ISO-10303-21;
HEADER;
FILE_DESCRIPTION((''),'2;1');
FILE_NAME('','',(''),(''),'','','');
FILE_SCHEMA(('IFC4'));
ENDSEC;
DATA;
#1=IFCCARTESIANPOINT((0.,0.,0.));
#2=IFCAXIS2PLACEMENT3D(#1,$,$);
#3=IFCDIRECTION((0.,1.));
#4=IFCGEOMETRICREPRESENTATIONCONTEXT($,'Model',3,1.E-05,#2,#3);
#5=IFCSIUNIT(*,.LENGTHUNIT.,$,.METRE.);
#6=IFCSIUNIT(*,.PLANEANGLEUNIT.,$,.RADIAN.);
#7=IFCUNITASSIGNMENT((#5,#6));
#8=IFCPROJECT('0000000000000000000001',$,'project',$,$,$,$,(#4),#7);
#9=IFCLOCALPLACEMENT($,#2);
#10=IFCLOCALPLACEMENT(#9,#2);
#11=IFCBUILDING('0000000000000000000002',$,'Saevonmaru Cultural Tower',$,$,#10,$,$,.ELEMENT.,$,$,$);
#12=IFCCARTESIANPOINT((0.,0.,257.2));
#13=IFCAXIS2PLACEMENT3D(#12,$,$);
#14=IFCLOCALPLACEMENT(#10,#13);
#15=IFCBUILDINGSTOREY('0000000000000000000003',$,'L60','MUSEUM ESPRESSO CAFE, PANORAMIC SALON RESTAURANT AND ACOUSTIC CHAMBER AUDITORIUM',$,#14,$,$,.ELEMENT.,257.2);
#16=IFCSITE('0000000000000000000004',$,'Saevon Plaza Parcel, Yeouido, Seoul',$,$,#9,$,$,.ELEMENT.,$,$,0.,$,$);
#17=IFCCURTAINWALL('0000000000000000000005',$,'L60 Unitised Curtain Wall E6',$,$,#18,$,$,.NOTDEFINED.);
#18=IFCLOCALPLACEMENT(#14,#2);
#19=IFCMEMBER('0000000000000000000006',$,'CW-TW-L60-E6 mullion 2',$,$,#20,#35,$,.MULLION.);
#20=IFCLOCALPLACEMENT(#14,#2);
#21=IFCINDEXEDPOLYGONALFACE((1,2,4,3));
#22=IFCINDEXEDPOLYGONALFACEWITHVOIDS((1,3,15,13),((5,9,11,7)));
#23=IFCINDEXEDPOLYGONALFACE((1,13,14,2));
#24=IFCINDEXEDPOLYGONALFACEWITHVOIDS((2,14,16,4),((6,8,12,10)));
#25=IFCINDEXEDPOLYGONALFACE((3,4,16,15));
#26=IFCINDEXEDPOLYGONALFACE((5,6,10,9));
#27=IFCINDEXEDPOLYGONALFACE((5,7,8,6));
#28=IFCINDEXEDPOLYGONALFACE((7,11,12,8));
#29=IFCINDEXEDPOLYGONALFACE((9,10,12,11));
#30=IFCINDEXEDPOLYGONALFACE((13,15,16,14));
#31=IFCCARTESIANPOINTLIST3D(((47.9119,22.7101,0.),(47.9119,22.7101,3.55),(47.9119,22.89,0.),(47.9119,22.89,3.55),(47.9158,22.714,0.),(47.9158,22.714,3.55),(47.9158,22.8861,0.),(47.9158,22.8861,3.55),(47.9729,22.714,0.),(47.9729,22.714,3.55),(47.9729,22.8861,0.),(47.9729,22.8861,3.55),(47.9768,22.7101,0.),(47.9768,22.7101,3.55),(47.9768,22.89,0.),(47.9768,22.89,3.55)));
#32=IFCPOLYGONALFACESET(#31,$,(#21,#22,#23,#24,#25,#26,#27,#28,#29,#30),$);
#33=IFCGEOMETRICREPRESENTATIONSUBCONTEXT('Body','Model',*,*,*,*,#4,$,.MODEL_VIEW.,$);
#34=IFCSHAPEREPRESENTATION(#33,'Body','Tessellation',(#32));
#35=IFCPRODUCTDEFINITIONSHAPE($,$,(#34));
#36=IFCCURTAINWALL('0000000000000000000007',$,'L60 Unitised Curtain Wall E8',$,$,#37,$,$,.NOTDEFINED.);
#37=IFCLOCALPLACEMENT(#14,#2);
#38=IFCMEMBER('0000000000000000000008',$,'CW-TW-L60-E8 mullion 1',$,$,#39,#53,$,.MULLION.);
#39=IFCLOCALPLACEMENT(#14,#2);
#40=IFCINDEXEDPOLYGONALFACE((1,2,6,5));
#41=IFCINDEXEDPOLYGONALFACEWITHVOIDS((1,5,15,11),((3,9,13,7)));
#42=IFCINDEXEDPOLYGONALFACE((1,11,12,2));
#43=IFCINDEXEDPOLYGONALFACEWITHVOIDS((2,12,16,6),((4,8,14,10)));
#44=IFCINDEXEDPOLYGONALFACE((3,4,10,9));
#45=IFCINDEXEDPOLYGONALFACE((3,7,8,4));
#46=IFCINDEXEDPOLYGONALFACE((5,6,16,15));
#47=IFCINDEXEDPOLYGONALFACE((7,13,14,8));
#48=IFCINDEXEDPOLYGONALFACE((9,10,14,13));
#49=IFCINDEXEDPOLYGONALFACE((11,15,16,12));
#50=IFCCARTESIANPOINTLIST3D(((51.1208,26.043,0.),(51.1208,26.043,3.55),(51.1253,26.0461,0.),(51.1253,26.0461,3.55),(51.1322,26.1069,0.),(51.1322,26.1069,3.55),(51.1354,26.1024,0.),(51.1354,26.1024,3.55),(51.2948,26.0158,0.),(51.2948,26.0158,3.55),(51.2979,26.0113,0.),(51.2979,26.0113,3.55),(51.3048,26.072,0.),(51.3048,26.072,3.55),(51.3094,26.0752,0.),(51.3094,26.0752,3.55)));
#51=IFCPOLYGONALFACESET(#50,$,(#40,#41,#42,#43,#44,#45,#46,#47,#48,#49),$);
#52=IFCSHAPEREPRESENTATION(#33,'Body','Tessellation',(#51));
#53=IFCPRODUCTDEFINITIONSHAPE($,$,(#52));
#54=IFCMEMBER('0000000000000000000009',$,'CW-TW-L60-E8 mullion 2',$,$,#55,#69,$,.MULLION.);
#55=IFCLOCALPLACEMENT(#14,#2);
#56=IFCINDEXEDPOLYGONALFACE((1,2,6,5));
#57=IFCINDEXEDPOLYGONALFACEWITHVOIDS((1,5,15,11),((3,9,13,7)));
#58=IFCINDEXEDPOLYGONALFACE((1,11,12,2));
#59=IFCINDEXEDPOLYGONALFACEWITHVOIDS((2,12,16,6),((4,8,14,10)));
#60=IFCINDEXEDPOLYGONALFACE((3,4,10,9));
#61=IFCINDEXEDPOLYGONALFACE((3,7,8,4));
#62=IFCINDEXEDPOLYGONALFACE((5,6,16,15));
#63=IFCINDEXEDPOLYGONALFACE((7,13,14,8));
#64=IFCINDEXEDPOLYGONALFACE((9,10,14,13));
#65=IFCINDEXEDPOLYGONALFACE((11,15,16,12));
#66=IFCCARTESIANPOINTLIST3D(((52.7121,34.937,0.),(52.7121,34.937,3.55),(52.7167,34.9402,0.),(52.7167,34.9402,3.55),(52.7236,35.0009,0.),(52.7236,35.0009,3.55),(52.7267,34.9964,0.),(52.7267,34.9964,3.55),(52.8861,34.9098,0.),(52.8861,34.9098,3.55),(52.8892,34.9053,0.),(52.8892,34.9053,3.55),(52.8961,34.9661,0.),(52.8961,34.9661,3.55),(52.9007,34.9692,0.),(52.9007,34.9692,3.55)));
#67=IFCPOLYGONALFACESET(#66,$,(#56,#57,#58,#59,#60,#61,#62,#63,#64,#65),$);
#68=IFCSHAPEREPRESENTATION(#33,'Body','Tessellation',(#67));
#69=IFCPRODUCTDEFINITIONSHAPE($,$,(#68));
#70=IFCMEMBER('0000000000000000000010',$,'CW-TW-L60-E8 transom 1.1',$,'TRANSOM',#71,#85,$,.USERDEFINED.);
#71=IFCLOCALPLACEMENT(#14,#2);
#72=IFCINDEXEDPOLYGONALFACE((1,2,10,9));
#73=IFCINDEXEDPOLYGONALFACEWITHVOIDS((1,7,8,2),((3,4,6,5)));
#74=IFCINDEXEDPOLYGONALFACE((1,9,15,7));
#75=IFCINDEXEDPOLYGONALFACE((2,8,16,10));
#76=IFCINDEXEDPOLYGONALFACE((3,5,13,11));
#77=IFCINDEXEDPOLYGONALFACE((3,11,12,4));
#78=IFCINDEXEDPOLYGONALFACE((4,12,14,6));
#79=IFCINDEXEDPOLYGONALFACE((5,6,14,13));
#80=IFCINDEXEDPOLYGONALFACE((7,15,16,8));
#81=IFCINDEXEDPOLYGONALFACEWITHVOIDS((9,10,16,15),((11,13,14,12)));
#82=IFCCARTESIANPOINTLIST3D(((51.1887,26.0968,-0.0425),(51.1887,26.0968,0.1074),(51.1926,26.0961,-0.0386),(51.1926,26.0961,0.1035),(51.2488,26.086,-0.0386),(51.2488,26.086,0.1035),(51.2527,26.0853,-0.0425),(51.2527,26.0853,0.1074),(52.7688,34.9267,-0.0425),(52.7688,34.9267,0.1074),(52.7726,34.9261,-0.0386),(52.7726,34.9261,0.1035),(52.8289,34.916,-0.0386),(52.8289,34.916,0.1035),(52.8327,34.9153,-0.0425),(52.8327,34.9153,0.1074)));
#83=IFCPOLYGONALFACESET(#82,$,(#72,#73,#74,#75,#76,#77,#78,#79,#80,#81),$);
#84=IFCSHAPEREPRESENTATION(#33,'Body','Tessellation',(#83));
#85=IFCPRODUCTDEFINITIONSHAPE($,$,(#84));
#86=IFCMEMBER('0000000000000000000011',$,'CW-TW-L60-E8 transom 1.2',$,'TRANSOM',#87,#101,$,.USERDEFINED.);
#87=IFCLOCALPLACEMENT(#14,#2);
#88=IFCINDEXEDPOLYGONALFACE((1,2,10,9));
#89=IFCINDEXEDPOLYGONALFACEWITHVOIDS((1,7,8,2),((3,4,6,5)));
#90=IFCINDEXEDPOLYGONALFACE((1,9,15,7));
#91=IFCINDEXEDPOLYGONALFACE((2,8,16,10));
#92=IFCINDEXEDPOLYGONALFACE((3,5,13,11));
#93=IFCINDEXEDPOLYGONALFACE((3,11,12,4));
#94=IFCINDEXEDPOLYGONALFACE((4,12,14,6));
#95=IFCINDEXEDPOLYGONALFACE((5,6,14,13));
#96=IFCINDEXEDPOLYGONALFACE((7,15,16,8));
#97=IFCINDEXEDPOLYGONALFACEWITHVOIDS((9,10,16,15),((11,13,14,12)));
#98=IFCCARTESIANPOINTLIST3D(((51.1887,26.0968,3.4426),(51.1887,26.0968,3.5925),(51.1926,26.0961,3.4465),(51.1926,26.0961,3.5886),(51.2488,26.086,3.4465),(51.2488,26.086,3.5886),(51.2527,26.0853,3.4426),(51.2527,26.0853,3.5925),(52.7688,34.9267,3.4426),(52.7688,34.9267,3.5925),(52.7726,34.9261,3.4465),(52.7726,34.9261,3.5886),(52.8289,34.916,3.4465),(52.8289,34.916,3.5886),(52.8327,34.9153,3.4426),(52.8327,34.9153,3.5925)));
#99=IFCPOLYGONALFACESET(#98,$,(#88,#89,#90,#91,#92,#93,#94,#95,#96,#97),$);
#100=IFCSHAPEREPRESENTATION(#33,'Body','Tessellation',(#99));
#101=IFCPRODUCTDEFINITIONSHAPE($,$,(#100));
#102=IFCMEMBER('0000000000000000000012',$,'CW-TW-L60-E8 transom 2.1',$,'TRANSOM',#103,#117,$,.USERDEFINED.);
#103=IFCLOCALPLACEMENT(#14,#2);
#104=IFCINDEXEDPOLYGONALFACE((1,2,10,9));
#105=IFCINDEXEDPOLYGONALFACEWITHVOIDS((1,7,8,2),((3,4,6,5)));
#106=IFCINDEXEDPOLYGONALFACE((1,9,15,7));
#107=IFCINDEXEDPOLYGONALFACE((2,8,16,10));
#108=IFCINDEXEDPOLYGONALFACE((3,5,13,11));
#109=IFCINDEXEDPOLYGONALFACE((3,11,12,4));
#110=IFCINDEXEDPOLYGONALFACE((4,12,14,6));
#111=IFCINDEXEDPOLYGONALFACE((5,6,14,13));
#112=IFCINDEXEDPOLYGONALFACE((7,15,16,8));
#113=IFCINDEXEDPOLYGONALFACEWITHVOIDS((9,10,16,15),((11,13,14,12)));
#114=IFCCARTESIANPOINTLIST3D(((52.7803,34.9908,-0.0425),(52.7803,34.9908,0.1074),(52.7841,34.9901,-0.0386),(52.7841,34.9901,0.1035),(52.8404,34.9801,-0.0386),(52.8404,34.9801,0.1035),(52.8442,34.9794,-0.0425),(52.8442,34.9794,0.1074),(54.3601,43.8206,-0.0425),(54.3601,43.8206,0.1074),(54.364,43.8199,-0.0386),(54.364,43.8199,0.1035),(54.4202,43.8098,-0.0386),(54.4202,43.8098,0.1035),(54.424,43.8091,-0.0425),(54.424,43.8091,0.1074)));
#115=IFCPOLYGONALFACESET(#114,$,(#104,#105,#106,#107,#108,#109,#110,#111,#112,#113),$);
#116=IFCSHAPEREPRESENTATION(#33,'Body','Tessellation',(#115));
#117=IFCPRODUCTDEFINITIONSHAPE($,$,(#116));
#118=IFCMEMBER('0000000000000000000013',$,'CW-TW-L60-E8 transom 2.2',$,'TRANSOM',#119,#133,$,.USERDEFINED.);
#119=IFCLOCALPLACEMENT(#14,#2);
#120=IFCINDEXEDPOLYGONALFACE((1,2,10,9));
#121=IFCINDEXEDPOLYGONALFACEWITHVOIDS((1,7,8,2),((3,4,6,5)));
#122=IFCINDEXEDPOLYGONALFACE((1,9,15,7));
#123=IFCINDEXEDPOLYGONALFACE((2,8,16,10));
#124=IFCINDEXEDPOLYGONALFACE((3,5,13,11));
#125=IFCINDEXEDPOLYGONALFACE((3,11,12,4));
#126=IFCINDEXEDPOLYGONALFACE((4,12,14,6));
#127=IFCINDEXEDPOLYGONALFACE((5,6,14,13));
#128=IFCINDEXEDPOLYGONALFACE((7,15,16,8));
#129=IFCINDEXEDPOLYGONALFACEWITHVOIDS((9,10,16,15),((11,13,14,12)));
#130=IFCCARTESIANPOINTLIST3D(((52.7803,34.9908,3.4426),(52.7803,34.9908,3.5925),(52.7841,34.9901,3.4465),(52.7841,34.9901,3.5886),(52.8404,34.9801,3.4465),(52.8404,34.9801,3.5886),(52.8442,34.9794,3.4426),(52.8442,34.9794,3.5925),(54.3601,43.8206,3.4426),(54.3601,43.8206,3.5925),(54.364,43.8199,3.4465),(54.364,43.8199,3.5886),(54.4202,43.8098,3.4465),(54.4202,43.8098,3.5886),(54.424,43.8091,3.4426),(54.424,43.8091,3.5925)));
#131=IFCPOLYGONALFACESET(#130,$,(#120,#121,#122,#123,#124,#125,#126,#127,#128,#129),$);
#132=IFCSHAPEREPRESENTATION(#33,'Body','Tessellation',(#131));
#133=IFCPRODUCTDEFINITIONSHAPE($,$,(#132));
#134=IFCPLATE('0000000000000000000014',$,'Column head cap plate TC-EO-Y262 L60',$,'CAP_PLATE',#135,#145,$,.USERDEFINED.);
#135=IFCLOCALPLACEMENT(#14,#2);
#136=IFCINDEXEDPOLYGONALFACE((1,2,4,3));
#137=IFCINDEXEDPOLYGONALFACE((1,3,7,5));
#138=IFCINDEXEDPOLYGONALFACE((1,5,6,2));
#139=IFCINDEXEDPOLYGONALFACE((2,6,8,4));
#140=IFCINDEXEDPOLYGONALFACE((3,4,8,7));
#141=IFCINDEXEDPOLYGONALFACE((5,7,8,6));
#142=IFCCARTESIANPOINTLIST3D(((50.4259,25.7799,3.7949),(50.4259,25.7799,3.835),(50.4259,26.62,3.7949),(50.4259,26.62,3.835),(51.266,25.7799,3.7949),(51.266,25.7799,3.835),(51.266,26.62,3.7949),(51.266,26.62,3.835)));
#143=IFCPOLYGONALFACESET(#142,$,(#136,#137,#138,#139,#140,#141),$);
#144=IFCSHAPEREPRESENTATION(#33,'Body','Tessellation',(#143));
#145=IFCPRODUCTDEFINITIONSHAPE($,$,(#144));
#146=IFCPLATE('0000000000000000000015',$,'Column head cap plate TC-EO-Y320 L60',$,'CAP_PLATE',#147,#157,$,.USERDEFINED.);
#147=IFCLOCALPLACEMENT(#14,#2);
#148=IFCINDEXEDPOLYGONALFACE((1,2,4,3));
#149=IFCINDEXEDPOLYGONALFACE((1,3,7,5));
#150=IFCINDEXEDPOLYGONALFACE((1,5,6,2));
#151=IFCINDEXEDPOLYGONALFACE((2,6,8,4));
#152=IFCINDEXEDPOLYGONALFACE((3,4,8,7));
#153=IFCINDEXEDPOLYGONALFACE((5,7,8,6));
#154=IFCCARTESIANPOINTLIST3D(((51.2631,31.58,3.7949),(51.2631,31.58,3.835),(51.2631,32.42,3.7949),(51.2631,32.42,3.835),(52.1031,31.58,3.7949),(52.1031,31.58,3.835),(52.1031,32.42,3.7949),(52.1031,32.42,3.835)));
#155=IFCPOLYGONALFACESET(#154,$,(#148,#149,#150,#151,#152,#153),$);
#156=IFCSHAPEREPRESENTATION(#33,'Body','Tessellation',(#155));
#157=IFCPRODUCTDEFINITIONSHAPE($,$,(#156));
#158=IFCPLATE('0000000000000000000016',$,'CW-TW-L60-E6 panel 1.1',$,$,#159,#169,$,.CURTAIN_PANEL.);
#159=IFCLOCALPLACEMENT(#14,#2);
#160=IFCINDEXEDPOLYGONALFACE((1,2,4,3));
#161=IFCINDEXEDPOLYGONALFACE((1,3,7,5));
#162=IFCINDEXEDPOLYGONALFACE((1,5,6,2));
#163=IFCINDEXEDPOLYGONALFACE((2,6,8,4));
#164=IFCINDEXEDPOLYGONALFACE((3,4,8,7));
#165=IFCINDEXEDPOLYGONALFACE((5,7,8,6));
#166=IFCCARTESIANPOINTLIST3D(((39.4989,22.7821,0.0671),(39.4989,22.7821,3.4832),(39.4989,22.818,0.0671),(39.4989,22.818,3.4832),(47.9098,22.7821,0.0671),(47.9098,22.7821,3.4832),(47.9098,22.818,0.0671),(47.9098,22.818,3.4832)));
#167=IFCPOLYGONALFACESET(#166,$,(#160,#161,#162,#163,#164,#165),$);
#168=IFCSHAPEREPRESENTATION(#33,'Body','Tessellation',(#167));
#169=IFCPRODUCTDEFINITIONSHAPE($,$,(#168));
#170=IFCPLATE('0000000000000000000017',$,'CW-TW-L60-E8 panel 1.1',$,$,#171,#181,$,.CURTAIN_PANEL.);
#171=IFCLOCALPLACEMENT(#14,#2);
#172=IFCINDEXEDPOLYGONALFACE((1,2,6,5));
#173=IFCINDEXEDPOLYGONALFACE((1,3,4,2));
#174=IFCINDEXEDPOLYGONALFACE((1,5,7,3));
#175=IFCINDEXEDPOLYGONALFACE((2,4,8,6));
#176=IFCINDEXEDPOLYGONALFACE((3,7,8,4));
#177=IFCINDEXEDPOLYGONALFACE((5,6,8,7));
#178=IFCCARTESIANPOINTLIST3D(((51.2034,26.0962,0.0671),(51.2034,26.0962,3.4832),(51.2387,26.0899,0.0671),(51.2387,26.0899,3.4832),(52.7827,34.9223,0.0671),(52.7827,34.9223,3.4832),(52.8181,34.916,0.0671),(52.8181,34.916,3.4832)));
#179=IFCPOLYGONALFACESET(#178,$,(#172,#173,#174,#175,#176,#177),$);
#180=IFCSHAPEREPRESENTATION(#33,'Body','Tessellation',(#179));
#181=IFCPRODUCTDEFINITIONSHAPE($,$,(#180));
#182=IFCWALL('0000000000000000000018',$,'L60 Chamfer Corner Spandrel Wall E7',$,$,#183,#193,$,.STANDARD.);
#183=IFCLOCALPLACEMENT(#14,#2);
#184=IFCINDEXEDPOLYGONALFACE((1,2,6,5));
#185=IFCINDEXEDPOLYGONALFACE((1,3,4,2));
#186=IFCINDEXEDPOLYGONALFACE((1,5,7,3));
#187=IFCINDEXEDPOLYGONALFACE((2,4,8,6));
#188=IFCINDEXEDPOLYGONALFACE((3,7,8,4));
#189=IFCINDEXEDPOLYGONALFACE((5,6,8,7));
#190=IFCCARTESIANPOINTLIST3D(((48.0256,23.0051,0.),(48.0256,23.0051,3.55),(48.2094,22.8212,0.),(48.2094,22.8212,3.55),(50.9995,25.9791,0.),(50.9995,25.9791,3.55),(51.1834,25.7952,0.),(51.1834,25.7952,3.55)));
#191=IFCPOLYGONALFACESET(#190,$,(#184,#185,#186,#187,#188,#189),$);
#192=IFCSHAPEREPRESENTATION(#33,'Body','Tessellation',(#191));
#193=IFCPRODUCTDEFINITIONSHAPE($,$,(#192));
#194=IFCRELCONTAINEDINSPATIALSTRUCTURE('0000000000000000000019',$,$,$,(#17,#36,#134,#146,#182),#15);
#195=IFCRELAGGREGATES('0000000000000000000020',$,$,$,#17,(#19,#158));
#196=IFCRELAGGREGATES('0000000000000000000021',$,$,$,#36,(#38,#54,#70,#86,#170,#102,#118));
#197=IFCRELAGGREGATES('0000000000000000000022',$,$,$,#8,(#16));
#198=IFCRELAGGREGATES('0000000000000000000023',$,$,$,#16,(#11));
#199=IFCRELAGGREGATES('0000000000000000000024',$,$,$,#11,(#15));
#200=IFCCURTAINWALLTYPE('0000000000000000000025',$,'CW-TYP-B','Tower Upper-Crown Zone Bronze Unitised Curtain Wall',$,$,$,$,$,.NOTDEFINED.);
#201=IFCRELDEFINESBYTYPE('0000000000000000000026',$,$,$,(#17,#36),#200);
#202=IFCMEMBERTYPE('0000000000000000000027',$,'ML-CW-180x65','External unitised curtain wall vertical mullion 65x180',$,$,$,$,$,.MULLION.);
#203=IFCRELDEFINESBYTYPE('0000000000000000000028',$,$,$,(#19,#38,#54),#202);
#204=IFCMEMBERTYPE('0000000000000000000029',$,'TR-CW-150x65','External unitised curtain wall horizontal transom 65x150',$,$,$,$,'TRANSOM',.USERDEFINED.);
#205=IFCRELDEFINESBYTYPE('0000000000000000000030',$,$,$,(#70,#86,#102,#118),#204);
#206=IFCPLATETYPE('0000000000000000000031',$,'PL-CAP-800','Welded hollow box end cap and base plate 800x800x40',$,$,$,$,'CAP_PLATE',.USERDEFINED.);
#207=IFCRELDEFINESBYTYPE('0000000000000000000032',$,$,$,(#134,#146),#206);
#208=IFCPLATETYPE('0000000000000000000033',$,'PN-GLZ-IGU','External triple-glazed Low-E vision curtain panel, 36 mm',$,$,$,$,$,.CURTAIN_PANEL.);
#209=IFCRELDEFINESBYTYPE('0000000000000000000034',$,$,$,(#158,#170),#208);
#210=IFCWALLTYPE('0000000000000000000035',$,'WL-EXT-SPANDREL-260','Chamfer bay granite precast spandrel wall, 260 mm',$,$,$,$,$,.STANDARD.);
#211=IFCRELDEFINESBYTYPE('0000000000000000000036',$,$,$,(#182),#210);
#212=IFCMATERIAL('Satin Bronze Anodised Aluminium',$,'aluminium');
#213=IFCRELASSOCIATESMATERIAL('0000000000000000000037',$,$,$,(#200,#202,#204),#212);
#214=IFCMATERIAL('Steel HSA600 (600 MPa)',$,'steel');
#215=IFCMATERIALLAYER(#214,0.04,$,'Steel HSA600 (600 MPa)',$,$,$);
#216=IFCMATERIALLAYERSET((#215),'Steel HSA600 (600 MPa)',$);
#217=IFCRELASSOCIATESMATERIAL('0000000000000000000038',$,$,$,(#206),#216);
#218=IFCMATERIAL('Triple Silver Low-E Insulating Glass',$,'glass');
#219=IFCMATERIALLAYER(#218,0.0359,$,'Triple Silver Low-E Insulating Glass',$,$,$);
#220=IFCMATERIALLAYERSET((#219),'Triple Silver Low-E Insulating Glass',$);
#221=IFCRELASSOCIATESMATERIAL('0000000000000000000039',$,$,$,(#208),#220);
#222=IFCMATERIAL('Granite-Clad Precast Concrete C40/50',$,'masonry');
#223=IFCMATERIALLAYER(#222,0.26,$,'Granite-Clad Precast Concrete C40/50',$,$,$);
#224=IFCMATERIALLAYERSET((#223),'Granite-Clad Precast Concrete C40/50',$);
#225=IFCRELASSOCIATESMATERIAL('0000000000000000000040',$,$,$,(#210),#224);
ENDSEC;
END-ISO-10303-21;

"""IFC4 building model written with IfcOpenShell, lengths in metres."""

from ifc_helpers import new_model, si_unit, direction, frame, frame_2d, origin, origin_2d, place, context, subcontext, project, spatial, rectangle, hollow_rectangle, extrude, material, layer, layer_set, material_profile, profile_set, type_object, element, aggregate, save


model = new_model("IFC4")

# Units and contexts
model_context = context("Model", 3, precision=1e-05, world=origin(), true_north=direction((0.0, 1.0)))
body_context = subcontext(model_context, "Body", "Model", "MODEL_VIEW")
ifc_project = project(units=[si_unit("LENGTHUNIT", "METRE"), si_unit("PLANEANGLEUNIT", "RADIAN")], contexts=[model_context])

# Site, building, storey
site_placement = place(None, origin())
site = spatial("IfcSite", under=ifc_project, at=site_placement, Name="Saevon Plaza Parcel, Yeouido, Seoul", CompositionType="ELEMENT", RefElevation=0.0)
building_placement = place(site_placement, origin())
building = spatial("IfcBuilding", under=site, at=building_placement, Name="Saevonmaru Cultural Tower", CompositionType="ELEMENT")
storey_placement = place(building_placement, frame((0.0, 0.0, 257.2)))
storey = spatial("IfcBuildingStorey", under=building, at=storey_placement, Name="L60", Description="MUSEUM ESPRESSO CAFE, PANORAMIC SALON RESTAURANT AND ACOUSTIC CHAMBER AUDITORIUM", CompositionType="ELEMENT", Elevation=257.2)

# Curtain wall, member
ifc_material_1 = material(Name="Satin Bronze Anodised Aluminium", Category="aluminium")
curtain_wall_type = type_object("IfcCurtainWallType", Name="CW-TYP-B", Description="Tower Upper-Crown Zone Bronze Unitised Curtain Wall", PredefinedType="NOTDEFINED", material=ifc_material_1)
curtain_wall_1_placement = place(storey_placement, origin())
curtain_wall_1 = element("IfcCurtainWall", 1, at=curtain_wall_1_placement, inside=storey, type_object=curtain_wall_type, Name="L60 Unitised Curtain Wall E6", PredefinedType="NOTDEFINED")
ifc_material_profile_1 = material_profile(ifc_material_1, hollow_rectangle(XDim=0.0649, YDim=0.1799, WallThickness=0.0039, at=origin_2d()), Name="ALU-MULL-180x65x4")
ifc_profile_set_1 = profile_set([ifc_material_profile_1], Name="Satin Bronze Anodised Aluminium")
member_type_1 = type_object("IfcMemberType", Name="ML-CW-180x65", Description="External unitised curtain wall vertical mullion 65x180", PredefinedType="MULLION", material=ifc_profile_set_1)
member_1_placement = place(storey_placement, frame((47.9443, 22.8, 0.0), z_axis=(0.0, 0.0, 1.0), x_axis=(1.0, 0.0, 0.0)))
member_1 = element("IfcMember", 2, at=member_1_placement, type_object=member_type_1, Name="CW-TW-L60-E6 mullion 2", PredefinedType="MULLION", context=body_context, shape_type="SweptSolid", body=[
    extrude(hollow_rectangle(XDim=0.0649, YDim=0.1799, WallThickness=0.0039, at=origin_2d()), origin(), (0.0, 0.0, 1.0), 3.55),
])

# Curtain wall, members
curtain_wall_2_placement = place(storey_placement, origin())
curtain_wall_2 = element("IfcCurtainWall", 3, at=curtain_wall_2_placement, inside=storey, type_object=curtain_wall_type, Name="L60 Unitised Curtain Wall E8", PredefinedType="NOTDEFINED")
member_2_placement = place(storey_placement, frame((51.2151, 26.0591, 0.0), z_axis=(0.0, 0.0, 1.0), x_axis=(0.176141, 0.984365, 0.0)))
member_2 = element("IfcMember", 4, at=member_2_placement, type_object=member_type_1, Name="CW-TW-L60-E8 mullion 1", PredefinedType="MULLION", context=body_context, shape_type="SweptSolid", body=[
    extrude(hollow_rectangle(XDim=0.0649, YDim=0.1799, WallThickness=0.0039, at=origin_2d()), origin(), (0.0, 0.0, 1.0), 3.55),
])
member_3_placement = place(storey_placement, frame((52.8064, 34.9531, 0.0), z_axis=(0.0, 0.0, 1.0), x_axis=(0.176141, 0.984365, 0.0)))
member_3 = element("IfcMember", 5, at=member_3_placement, type_object=member_type_1, Name="CW-TW-L60-E8 mullion 2", PredefinedType="MULLION", context=body_context, shape_type="SweptSolid", body=[
    extrude(hollow_rectangle(XDim=0.0649, YDim=0.1799, WallThickness=0.0039, at=origin_2d()), origin(), (0.0, 0.0, 1.0), 3.55),
])
ifc_material_profile_2 = material_profile(ifc_material_1, hollow_rectangle(XDim=0.0649, YDim=0.1499, WallThickness=0.0039, at=origin_2d()), Name="ALU-TRAN-150x65x4")
ifc_profile_set_2 = profile_set([ifc_material_profile_2], Name="Satin Bronze Anodised Aluminium")
member_type_2 = type_object("IfcMemberType", Name="TR-CW-150x65", Description="External unitised curtain wall horizontal transom 65x150", ElementType="TRANSOM", PredefinedType="USERDEFINED", material=ifc_profile_set_2)
member_4_placement = place(storey_placement, frame((51.2207, 26.0911, 0.0325), z_axis=(0.176145, 0.984364, 0.0), x_axis=(-0.984364, 0.176145, 0.0)))
member_4 = element("IfcMember", 6, at=member_4_placement, type_object=member_type_2, Name="CW-TW-L60-E8 transom 1.1", ObjectType="TRANSOM", PredefinedType="USERDEFINED", context=body_context, shape_type="SweptSolid", body=[
    extrude(hollow_rectangle(XDim=0.0649, YDim=0.1499, WallThickness=0.0039, at=origin_2d()), origin(), (0.0, 0.0, 1.0), 8.9702),
])
member_5_placement = place(storey_placement, frame((51.2207, 26.0911, 3.5176), z_axis=(0.176145, 0.984364, 0.0), x_axis=(-0.984364, 0.176145, 0.0)))
member_5 = element("IfcMember", 7, at=member_5_placement, type_object=member_type_2, Name="CW-TW-L60-E8 transom 1.2", ObjectType="TRANSOM", PredefinedType="USERDEFINED", context=body_context, shape_type="SweptSolid", body=[
    extrude(hollow_rectangle(XDim=0.0649, YDim=0.1499, WallThickness=0.0039, at=origin_2d()), origin(), (0.0, 0.0, 1.0), 8.9702),
])
member_6_placement = place(storey_placement, frame((52.8123, 34.9851, 0.0325), z_axis=(0.176123, 0.984368, 0.0), x_axis=(-0.984368, 0.176123, 0.0)))
member_6 = element("IfcMember", 8, at=member_6_placement, type_object=member_type_2, Name="CW-TW-L60-E8 transom 2.1", ObjectType="TRANSOM", PredefinedType="USERDEFINED", context=body_context, shape_type="SweptSolid", body=[
    extrude(hollow_rectangle(XDim=0.0649, YDim=0.1499, WallThickness=0.0039, at=origin_2d()), origin(), (0.0, 0.0, 1.0), 8.97),
])
member_7_placement = place(storey_placement, frame((52.8123, 34.9851, 3.5176), z_axis=(0.176123, 0.984368, 0.0), x_axis=(-0.984368, 0.176123, 0.0)))
member_7 = element("IfcMember", 9, at=member_7_placement, type_object=member_type_2, Name="CW-TW-L60-E8 transom 2.2", ObjectType="TRANSOM", PredefinedType="USERDEFINED", context=body_context, shape_type="SweptSolid", body=[
    extrude(hollow_rectangle(XDim=0.0649, YDim=0.1499, WallThickness=0.0039, at=origin_2d()), origin(), (0.0, 0.0, 1.0), 8.97),
])

# Plates
ifc_material_2 = material(Name="Steel HSA600 (600 MPa)", Category="steel")
ifc_layer_1 = layer(ifc_material_2, 0.04, Name="Steel HSA600 (600 MPa)")
ifc_layer_set_1 = layer_set([ifc_layer_1], Name="Steel HSA600 (600 MPa)")
plate_type_1 = type_object("IfcPlateType", Name="PL-CAP-800", Description="Welded hollow box end cap and base plate 800x800x40", ElementType="CAP_PLATE", PredefinedType="USERDEFINED", material=ifc_layer_set_1)
for number, where, z_axis, x_axis, name in (
    (10, (50.8459, 26.2, 3.7949), (0.0, 0.0, 1.0), (1.0, 0.0, 0.0), "Column head cap plate TC-EO-Y262 L60"),
    (11, (51.6831, 32.0, 3.7949), (0.0, 0.0, 1.0), (1.0, 0.0, 0.0), "Column head cap plate TC-EO-Y320 L60"),
):
    element("IfcPlate", number, at=place(storey_placement, frame(where, z_axis=z_axis, x_axis=x_axis)), inside=storey, type_object=plate_type_1, Name=name, ObjectType="CAP_PLATE", PredefinedType="USERDEFINED", context=body_context, shape_type="SweptSolid", body=[
        extrude(rectangle(XDim=0.8401, YDim=0.8401, at=origin_2d()), origin(), (0.0, 0.0, 1.0), 0.04),
    ])

# Plates
ifc_material_3 = material(Name="Triple Silver Low-E Insulating Glass", Category="glass")
ifc_layer_2 = layer(ifc_material_3, 0.0359, Name="Triple Silver Low-E Insulating Glass")
ifc_layer_set_2 = layer_set([ifc_layer_2], Name="Triple Silver Low-E Insulating Glass")
plate_type_2 = type_object("IfcPlateType", Name="PN-GLZ-IGU", Description="External triple-glazed Low-E vision curtain panel, 36 mm", PredefinedType="CURTAIN_PANEL", material=ifc_layer_set_2)
plate_1_placement = place(storey_placement, frame((43.7043, 22.8, 0.0671), z_axis=(0.0, 0.0, 1.0), x_axis=(1.0, 0.0, 0.0)))
plate_1 = element("IfcPlate", 12, at=plate_1_placement, type_object=plate_type_2, Name="CW-TW-L60-E6 panel 1.1", PredefinedType="CURTAIN_PANEL", context=body_context, shape_type="SweptSolid", body=[
    extrude(rectangle(XDim=8.4109, YDim=0.0359, at=origin_2d()), origin(), (0.0, 0.0, 1.0), 3.416),
])
aggregate(curtain_wall_1, [member_1, plate_1])
plate_2_placement = place(storey_placement, frame((52.0107, 30.5061, 0.0671), z_axis=(0.0, 0.0, 1.0), x_axis=(0.176141, 0.984365, 0.0)))
plate_2 = element("IfcPlate", 13, at=plate_2_placement, type_object=plate_type_2, Name="CW-TW-L60-E8 panel 1.1", PredefinedType="CURTAIN_PANEL", context=body_context, shape_type="SweptSolid", body=[
    extrude(rectangle(XDim=8.9663, YDim=0.0359, at=origin_2d()), origin(), (0.0, 0.0, 1.0), 3.416),
])
aggregate(curtain_wall_2, [member_2, member_3, member_4, member_5, plate_2, member_6, member_7])

# Wall
ifc_material_4 = material(Name="Granite-Clad Precast Concrete C40/50", Category="masonry")
ifc_layer_3 = layer(ifc_material_4, 0.26, Name="Granite-Clad Precast Concrete C40/50")
ifc_layer_set_3 = layer_set([ifc_layer_3], Name="Granite-Clad Precast Concrete C40/50")
wall_type_1 = type_object("IfcWallType", Name="WL-EXT-SPANDREL-260", Description="Chamfer bay granite precast spandrel wall, 260 mm", PredefinedType="STANDARD", material=ifc_layer_set_3)
wall_1_placement = place(storey_placement, frame((48.1174, 22.9131, 0.0), z_axis=(0.0, 0.0, 1.0), x_axis=(0.707107, 0.707107, 0.0)))
element("IfcWall", 14, at=wall_1_placement, inside=storey, type_object=wall_type_1, Name="L60 Chamfer Corner Spandrel Wall E7", PredefinedType="STANDARD", context=body_context, shape_type="SweptSolid", body=[
    extrude(rectangle(XDim=4.2058, YDim=0.26, at=frame_2d((2.103, 0.0))), origin(), (0.0, 0.0, 1.0), 3.55),
])

save(model, "model.ifc")
